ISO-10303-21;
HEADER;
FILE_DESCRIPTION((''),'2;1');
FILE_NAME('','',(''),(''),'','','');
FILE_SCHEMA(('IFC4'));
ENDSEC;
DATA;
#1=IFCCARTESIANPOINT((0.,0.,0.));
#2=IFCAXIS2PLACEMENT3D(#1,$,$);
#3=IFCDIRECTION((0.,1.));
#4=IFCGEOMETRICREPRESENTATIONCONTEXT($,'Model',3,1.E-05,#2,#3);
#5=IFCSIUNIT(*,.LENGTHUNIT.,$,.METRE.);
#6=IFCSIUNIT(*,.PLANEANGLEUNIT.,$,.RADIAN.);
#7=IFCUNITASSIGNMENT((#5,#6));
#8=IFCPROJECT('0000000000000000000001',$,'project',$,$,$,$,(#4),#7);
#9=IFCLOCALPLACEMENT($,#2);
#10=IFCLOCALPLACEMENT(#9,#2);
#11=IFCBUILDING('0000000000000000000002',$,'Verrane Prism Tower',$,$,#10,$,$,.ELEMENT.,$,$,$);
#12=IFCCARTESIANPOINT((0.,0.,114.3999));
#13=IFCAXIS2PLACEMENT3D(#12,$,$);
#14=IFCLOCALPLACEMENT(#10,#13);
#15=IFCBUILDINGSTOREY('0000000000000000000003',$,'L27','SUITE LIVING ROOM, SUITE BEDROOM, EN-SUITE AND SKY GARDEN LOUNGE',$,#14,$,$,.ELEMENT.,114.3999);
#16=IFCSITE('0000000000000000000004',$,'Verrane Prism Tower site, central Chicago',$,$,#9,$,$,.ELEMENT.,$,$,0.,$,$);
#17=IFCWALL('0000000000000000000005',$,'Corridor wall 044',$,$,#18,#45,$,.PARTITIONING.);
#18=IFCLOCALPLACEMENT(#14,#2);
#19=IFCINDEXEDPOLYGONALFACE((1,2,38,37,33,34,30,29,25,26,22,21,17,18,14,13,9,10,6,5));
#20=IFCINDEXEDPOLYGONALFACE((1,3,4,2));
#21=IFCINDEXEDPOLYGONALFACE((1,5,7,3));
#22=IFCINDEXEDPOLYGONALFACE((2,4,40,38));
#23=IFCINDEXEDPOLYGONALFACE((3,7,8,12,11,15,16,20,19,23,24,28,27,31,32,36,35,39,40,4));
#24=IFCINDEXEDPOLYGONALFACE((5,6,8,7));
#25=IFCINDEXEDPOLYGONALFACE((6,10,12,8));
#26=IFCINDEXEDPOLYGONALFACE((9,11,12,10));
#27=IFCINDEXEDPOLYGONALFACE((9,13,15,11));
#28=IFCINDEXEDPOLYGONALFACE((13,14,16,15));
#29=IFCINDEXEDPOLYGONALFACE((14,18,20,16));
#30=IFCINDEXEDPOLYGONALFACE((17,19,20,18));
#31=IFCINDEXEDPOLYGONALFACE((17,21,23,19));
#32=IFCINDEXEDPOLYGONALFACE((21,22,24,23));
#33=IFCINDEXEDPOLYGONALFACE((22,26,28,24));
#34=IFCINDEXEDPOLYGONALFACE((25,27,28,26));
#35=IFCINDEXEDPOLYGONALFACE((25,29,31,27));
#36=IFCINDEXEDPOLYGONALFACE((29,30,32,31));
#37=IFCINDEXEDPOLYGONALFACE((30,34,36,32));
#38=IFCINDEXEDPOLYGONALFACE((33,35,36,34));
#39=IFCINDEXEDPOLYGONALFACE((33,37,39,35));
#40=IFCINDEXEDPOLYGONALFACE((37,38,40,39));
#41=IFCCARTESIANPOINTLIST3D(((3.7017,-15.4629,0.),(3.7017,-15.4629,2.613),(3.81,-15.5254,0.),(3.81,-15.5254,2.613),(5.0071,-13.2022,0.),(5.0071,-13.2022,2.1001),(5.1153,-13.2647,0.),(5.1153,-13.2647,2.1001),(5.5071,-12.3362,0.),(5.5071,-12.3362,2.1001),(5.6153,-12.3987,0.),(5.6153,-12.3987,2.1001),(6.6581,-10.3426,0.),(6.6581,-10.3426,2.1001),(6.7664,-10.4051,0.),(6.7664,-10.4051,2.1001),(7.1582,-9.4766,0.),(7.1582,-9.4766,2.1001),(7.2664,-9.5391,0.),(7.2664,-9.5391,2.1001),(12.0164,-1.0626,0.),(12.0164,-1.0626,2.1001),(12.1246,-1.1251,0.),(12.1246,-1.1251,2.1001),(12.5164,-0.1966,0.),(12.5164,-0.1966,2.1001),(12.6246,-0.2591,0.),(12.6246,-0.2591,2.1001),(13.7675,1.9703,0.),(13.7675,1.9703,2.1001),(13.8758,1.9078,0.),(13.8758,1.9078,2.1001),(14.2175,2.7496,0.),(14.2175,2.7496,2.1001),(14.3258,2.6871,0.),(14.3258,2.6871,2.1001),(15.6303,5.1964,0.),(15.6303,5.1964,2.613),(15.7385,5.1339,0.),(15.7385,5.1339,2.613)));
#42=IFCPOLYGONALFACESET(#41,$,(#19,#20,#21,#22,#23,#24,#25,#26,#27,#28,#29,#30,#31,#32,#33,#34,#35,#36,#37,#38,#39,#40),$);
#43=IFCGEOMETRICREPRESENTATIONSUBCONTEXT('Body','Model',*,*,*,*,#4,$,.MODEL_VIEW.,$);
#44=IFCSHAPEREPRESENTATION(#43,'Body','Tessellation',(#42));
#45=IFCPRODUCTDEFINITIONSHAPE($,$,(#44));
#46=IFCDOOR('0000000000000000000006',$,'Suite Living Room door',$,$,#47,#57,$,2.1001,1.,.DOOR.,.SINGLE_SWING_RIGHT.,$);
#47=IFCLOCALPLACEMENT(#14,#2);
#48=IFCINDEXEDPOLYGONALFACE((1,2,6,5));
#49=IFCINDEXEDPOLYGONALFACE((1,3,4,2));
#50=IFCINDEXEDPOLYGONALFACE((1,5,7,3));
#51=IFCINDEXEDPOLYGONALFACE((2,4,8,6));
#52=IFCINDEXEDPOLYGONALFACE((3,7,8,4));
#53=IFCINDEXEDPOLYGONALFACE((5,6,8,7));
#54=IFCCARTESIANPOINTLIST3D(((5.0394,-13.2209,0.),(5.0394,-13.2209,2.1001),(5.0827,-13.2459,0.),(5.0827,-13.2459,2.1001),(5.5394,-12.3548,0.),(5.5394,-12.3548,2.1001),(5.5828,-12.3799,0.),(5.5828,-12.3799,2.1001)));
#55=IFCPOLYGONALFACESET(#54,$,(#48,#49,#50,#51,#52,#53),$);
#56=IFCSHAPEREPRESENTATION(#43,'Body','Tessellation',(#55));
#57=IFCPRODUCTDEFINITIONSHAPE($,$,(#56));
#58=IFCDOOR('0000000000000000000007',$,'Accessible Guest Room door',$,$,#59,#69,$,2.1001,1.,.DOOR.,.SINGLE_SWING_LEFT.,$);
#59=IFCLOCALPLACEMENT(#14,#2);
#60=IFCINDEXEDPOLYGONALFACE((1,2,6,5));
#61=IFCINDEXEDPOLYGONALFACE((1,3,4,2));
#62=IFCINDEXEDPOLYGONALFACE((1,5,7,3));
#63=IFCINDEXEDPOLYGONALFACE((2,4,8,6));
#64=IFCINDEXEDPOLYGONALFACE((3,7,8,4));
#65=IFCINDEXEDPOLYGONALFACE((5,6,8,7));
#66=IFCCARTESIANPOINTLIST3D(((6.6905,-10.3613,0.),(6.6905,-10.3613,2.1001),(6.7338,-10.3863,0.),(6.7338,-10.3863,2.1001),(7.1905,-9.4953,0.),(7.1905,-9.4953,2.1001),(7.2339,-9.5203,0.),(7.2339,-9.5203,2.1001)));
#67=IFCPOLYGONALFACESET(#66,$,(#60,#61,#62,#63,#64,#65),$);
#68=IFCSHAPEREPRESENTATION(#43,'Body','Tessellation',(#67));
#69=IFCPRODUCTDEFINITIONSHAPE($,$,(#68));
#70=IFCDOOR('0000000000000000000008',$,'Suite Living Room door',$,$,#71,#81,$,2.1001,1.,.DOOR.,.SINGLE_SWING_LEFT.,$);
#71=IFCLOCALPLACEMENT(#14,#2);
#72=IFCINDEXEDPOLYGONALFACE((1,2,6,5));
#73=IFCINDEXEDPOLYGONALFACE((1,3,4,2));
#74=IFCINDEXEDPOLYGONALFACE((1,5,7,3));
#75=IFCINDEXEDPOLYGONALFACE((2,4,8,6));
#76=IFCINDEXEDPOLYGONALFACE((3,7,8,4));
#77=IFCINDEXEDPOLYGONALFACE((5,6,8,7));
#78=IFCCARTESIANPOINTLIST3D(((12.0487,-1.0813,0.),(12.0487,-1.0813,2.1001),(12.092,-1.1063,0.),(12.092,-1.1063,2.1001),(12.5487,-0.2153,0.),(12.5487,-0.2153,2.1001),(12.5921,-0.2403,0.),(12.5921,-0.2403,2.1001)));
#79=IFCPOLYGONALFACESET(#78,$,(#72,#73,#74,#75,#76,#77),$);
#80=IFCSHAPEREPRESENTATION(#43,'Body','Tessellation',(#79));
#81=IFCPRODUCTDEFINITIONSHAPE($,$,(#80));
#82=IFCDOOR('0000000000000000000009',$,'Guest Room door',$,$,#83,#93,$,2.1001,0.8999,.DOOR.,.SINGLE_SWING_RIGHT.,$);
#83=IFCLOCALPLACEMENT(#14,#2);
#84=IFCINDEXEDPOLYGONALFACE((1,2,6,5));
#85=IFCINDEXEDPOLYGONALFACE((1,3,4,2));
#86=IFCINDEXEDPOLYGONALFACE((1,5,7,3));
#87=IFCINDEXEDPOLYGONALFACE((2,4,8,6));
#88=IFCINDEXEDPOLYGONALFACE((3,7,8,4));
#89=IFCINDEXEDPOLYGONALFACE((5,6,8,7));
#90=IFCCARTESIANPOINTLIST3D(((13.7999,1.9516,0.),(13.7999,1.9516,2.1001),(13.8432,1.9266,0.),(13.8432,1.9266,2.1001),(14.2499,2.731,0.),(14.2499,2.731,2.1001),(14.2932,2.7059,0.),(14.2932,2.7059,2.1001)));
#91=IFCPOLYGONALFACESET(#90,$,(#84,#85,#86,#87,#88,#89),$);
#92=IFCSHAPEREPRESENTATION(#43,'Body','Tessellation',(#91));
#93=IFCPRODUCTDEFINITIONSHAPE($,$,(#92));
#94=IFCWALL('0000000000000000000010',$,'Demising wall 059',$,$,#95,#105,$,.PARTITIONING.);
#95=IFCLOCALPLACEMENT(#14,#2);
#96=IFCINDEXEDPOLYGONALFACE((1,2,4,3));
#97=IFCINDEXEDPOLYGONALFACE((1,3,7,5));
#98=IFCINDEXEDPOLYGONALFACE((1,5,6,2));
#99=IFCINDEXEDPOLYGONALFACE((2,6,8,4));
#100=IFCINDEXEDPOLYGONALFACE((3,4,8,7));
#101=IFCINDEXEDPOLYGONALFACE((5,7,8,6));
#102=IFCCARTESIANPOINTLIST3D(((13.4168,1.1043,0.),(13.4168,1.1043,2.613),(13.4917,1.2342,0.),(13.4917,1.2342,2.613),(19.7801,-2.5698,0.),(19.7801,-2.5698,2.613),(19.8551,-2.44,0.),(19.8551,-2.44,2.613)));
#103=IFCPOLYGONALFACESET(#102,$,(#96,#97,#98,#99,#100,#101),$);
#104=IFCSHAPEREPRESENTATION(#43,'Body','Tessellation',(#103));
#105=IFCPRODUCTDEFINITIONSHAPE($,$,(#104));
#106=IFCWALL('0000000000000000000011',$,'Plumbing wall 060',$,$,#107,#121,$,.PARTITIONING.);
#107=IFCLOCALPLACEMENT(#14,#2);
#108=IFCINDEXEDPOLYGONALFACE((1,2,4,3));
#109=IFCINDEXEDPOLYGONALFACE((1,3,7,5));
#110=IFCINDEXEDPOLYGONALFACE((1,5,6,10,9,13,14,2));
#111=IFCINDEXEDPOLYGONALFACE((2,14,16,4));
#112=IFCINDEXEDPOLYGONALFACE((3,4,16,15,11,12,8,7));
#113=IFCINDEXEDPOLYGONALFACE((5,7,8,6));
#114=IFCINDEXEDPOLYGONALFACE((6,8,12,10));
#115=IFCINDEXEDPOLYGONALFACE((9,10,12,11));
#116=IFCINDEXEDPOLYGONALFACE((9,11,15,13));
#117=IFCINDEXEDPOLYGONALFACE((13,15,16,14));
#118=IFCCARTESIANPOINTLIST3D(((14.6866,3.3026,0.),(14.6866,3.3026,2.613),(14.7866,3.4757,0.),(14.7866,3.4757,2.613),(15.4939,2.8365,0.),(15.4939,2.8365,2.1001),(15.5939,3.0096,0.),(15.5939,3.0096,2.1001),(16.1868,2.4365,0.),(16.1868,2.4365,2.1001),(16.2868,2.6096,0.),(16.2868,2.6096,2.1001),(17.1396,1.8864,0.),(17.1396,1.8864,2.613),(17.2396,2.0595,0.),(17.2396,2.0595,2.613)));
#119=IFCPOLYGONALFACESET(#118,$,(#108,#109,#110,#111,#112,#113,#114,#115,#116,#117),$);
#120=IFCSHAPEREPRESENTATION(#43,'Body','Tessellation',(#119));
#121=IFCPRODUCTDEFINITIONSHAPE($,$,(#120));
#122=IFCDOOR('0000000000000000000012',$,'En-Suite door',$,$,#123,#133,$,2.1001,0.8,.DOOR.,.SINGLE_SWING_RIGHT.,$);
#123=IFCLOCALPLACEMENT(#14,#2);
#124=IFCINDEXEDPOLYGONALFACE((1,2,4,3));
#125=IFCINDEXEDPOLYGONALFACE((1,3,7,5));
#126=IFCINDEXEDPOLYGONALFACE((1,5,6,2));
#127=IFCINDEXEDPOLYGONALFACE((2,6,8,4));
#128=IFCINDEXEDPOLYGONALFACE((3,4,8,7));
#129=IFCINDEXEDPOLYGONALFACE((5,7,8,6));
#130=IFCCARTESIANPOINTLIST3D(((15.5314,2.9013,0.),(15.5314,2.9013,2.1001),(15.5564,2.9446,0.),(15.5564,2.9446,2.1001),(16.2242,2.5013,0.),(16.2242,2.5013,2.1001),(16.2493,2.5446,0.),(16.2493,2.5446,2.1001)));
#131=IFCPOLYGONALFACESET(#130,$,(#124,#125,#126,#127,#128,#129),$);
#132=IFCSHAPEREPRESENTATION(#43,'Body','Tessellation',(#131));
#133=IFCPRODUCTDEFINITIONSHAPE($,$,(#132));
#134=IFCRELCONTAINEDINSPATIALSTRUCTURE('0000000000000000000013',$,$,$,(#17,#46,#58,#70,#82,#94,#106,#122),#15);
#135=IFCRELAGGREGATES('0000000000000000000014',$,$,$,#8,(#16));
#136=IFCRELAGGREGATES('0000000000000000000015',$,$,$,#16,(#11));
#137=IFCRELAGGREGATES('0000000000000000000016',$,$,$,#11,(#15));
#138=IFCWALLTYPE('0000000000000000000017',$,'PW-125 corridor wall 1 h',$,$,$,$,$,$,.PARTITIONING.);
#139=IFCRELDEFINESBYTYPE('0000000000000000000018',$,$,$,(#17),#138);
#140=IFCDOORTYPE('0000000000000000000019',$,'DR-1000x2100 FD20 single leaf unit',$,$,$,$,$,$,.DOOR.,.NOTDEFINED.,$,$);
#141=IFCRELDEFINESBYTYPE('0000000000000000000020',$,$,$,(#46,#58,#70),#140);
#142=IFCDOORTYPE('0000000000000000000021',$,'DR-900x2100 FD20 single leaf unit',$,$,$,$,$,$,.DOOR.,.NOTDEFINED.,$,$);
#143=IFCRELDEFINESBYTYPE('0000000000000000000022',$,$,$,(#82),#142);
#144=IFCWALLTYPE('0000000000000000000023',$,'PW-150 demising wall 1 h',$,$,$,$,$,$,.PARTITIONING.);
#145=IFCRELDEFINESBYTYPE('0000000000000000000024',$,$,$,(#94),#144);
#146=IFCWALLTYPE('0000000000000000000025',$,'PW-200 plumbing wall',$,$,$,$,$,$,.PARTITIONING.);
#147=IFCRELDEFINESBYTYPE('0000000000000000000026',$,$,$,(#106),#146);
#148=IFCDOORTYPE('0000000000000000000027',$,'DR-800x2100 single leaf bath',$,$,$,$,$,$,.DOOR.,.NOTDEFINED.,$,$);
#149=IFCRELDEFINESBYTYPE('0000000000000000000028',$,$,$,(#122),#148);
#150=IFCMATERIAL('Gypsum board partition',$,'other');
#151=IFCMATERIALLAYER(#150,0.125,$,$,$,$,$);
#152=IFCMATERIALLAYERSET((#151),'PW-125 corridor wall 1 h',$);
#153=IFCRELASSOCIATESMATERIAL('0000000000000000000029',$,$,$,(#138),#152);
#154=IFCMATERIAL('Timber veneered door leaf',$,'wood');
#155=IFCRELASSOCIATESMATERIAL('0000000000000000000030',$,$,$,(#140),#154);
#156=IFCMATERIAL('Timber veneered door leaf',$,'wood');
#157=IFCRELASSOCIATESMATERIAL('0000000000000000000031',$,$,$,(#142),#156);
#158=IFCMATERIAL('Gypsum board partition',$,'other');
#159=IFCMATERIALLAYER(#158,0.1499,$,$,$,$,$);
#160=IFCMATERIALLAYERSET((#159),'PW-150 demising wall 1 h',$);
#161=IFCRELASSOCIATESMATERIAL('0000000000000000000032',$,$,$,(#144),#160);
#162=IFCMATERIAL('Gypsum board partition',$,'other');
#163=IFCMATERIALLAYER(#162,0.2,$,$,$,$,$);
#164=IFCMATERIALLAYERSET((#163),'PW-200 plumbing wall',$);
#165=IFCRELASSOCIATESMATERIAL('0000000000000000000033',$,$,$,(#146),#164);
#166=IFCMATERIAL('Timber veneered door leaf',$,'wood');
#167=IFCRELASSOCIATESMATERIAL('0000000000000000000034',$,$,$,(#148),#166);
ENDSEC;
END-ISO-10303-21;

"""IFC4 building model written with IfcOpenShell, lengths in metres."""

from ifc_helpers import new_model, si_unit, direction, frame, frame_2d, origin, place, context, subcontext, project, spatial, rectangle, extrude, material, layer, layer_set, type_object, element, fill, save


model = new_model("IFC4")

# Units and contexts
model_context = context("Model", 3, precision=1e-05, world=origin(), true_north=direction((0.0, 1.0)))
body_context = subcontext(model_context, "Body", "Model", "MODEL_VIEW")
ifc_project = project(units=[si_unit("LENGTHUNIT", "METRE"), si_unit("PLANEANGLEUNIT", "RADIAN")], contexts=[model_context])

# Site, building, storey
site_placement = place(None, origin())
site = spatial("IfcSite", under=ifc_project, at=site_placement, Name="Verrane Prism Tower site, central Chicago", CompositionType="ELEMENT", RefElevation=0.0)
building_placement = place(site_placement, origin())
building = spatial("IfcBuilding", under=site, at=building_placement, Name="Verrane Prism Tower", CompositionType="ELEMENT")
storey_placement = place(building_placement, frame((0.0, 0.0, 114.3999)))
storey = spatial("IfcBuildingStorey", under=building, at=storey_placement, Name="L27", Description="SUITE LIVING ROOM, SUITE BEDROOM, EN-SUITE AND SKY GARDEN LOUNGE", CompositionType="ELEMENT", Elevation=114.3999)

# Wall, openings, doors
ifc_material_1 = material(Name="Gypsum board partition", Category="other")
ifc_layer_1 = layer(ifc_material_1, 0.125)
ifc_layer_set_1 = layer_set([ifc_layer_1], Name="PW-125 corridor wall 1 h")
wall_type_1 = type_object("IfcWallType", Name="PW-125 corridor wall 1 h", PredefinedType="PARTITIONING", material=ifc_layer_set_1)
wall_1_placement = place(storey_placement, frame((15.6843, 5.165, 0.0), z_axis=(0.0, 0.0, 1.0), x_axis=(-0.500028, -0.866009, 0.0)))
wall_1 = element("IfcWall", 1, at=wall_1_placement, inside=storey, type_object=wall_type_1, Name="Corridor wall 044", PredefinedType="PARTITIONING", context=body_context, shape_type="SweptSolid", body=[
    extrude(rectangle(XDim=23.8557, YDim=0.125, at=frame_2d((11.9277, 0.0))), origin(), (0.0, 0.0, 1.0), 2.613),
])
opening_1_placement = place(wall_1_placement, frame((20.2451, 0.0, 0.0)))
opening_1 = element("IfcOpeningElement", 2, at=opening_1_placement, cuts=wall_1, PredefinedType="OPENING", context=body_context, shape_type="SweptSolid", body=[
    extrude(rectangle(XDim=1.0, YDim=2.1001, at=frame_2d((0.5, 1.05))), frame((0.0, 0.0725, 0.0), z_axis=(0.0, -1.0, 0.0), x_axis=(1.0, 0.0, 0.0)), (0.0, 0.0, 1.0), 0.145),
])
opening_2_placement = place(wall_1_placement, frame((16.9431, 0.0, 0.0)))
opening_2 = element("IfcOpeningElement", 3, at=opening_2_placement, cuts=wall_1, PredefinedType="OPENING", context=body_context, shape_type="SweptSolid", body=[
    extrude(rectangle(XDim=1.0, YDim=2.1001, at=frame_2d((0.5, 1.05))), frame((0.0, 0.0725, 0.0), z_axis=(0.0, -1.0, 0.0), x_axis=(1.0, 0.0, 0.0)), (0.0, 0.0, 1.0), 0.145),
])
opening_3_placement = place(wall_1_placement, frame((6.2273, 0.0, 0.0)))
opening_3 = element("IfcOpeningElement", 4, at=opening_3_placement, cuts=wall_1, PredefinedType="OPENING", context=body_context, shape_type="SweptSolid", body=[
    extrude(rectangle(XDim=1.0, YDim=2.1001, at=frame_2d((0.5, 1.05))), frame((0.0, 0.0725, 0.0), z_axis=(0.0, -1.0, 0.0), x_axis=(1.0, 0.0, 0.0)), (0.0, 0.0, 1.0), 0.145),
])
opening_4_placement = place(wall_1_placement, frame((2.8252, 0.0, 0.0)))
opening_4 = element("IfcOpeningElement", 5, at=opening_4_placement, cuts=wall_1, PredefinedType="OPENING", context=body_context, shape_type="SweptSolid", body=[
    extrude(rectangle(XDim=0.8999, YDim=2.1001, at=frame_2d((0.45, 1.05))), frame((0.0, 0.0725, 0.0), z_axis=(0.0, -1.0, 0.0), x_axis=(1.0, 0.0, 0.0)), (0.0, 0.0, 1.0), 0.145),
])
ifc_material_2 = material(Name="Timber veneered door leaf", Category="wood")
door_type_1 = type_object("IfcDoorType", Name="DR-1000x2100 FD20 single leaf unit", OperationType="NOTDEFINED", PredefinedType="DOOR", material=ifc_material_2)
door_1_placement = place(opening_1_placement, origin())
door_1 = element("IfcDoor", 6, at=door_1_placement, inside=storey, type_object=door_type_1, Name="Suite Living Room door", OperationType="SINGLE_SWING_RIGHT", OverallHeight=2.1001, OverallWidth=1.0, PredefinedType="DOOR", context=body_context, shape_type="SweptSolid", body=[
    extrude(rectangle(XDim=1.0, YDim=2.1001, at=frame_2d((0.5, 1.05))), frame((0.0, 0.0249, 0.0), z_axis=(0.0, -1.0, 0.0), x_axis=(1.0, 0.0, 0.0)), (0.0, 0.0, 1.0), 0.05),
])
fill(opening_1, door_1)
door_2_placement = place(opening_2_placement, origin())
door_2 = element("IfcDoor", 7, at=door_2_placement, inside=storey, type_object=door_type_1, Name="Accessible Guest Room door", OperationType="SINGLE_SWING_LEFT", OverallHeight=2.1001, OverallWidth=1.0, PredefinedType="DOOR", context=body_context, shape_type="SweptSolid", body=[
    extrude(rectangle(XDim=1.0, YDim=2.1001, at=frame_2d((0.5, 1.05))), frame((0.0, 0.0249, 0.0), z_axis=(0.0, -1.0, 0.0), x_axis=(1.0, 0.0, 0.0)), (0.0, 0.0, 1.0), 0.05),
])
fill(opening_2, door_2)
door_3_placement = place(opening_3_placement, origin())
door_3 = element("IfcDoor", 8, at=door_3_placement, inside=storey, type_object=door_type_1, Name="Suite Living Room door", OperationType="SINGLE_SWING_LEFT", OverallHeight=2.1001, OverallWidth=1.0, PredefinedType="DOOR", context=body_context, shape_type="SweptSolid", body=[
    extrude(rectangle(XDim=1.0, YDim=2.1001, at=frame_2d((0.5, 1.05))), frame((0.0, 0.0249, 0.0), z_axis=(0.0, -1.0, 0.0), x_axis=(1.0, 0.0, 0.0)), (0.0, 0.0, 1.0), 0.05),
])
fill(opening_3, door_3)
ifc_material_3 = material(Name="Timber veneered door leaf", Category="wood")
door_type_2 = type_object("IfcDoorType", Name="DR-900x2100 FD20 single leaf unit", OperationType="NOTDEFINED", PredefinedType="DOOR", material=ifc_material_3)
door_4_placement = place(opening_4_placement, origin())
door_4 = element("IfcDoor", 9, at=door_4_placement, inside=storey, type_object=door_type_2, Name="Guest Room door", OperationType="SINGLE_SWING_RIGHT", OverallHeight=2.1001, OverallWidth=0.8999, PredefinedType="DOOR", context=body_context, shape_type="SweptSolid", body=[
    extrude(rectangle(XDim=0.8999, YDim=2.1001, at=frame_2d((0.45, 1.05))), frame((0.0, 0.0249, 0.0), z_axis=(0.0, -1.0, 0.0), x_axis=(1.0, 0.0, 0.0)), (0.0, 0.0, 1.0), 0.05),
])
fill(opening_4, door_4)

# Wall
ifc_material_4 = material(Name="Gypsum board partition", Category="other")
ifc_layer_2 = layer(ifc_material_4, 0.1499)
ifc_layer_set_2 = layer_set([ifc_layer_2], Name="PW-150 demising wall 1 h")
wall_type_2 = type_object("IfcWallType", Name="PW-150 demising wall 1 h", PredefinedType="PARTITIONING", material=ifc_layer_set_2)
wall_2_placement = place(storey_placement, frame((13.4543, 1.1692, 0.0), z_axis=(0.0, 0.0, 1.0), x_axis=(0.866012, -0.500023, 0.0)))
element("IfcWall", 10, at=wall_2_placement, inside=storey, type_object=wall_type_2, Name="Demising wall 059", PredefinedType="PARTITIONING", context=body_context, shape_type="SweptSolid", body=[
    extrude(rectangle(XDim=7.3479, YDim=0.1499, at=frame_2d((3.6738, 0.0))), origin(), (0.0, 0.0, 1.0), 2.613),
])

# Wall, opening, door
ifc_material_5 = material(Name="Gypsum board partition", Category="other")
ifc_layer_3 = layer(ifc_material_5, 0.2)
ifc_layer_set_3 = layer_set([ifc_layer_3], Name="PW-200 plumbing wall")
wall_type_3 = type_object("IfcWallType", Name="PW-200 plumbing wall", PredefinedType="PARTITIONING", material=ifc_layer_set_3)
wall_3_placement = place(storey_placement, frame((14.7366, 3.3892, 0.0), z_axis=(0.0, 0.0, 1.0), x_axis=(0.866033, -0.499986, 0.0)))
wall_3 = element("IfcWall", 11, at=wall_3_placement, inside=storey, type_object=wall_type_3, Name="Plumbing wall 060", PredefinedType="PARTITIONING", context=body_context, shape_type="SweptSolid", body=[
    extrude(rectangle(XDim=2.8325, YDim=0.2, at=frame_2d((1.4163, 0.0))), origin(), (0.0, 0.0, 1.0), 2.613),
])
opening_5_placement = place(wall_3_placement, frame((0.9324, 0.0, 0.0)))
opening_5 = element("IfcOpeningElement", 12, at=opening_5_placement, cuts=wall_3, PredefinedType="OPENING", context=body_context, shape_type="SweptSolid", body=[
    extrude(rectangle(XDim=0.8, YDim=2.1001, at=frame_2d((0.3999, 1.05))), frame((0.0, 0.1099, 0.0), z_axis=(0.0, -1.0, 0.0), x_axis=(1.0, 0.0, 0.0)), (0.0, 0.0, 1.0), 0.22),
])
ifc_material_6 = material(Name="Timber veneered door leaf", Category="wood")
door_type_3 = type_object("IfcDoorType", Name="DR-800x2100 single leaf bath", OperationType="NOTDEFINED", PredefinedType="DOOR", material=ifc_material_6)
door_5_placement = place(opening_5_placement, origin())
door_5 = element("IfcDoor", 13, at=door_5_placement, inside=storey, type_object=door_type_3, Name="En-Suite door", OperationType="SINGLE_SWING_RIGHT", OverallHeight=2.1001, OverallWidth=0.8, PredefinedType="DOOR", context=body_context, shape_type="SweptSolid", body=[
    extrude(rectangle(XDim=0.8, YDim=2.1001, at=frame_2d((0.3999, 1.05))), frame((0.0, 0.0249, 0.0), z_axis=(0.0, -1.0, 0.0), x_axis=(1.0, 0.0, 0.0)), (0.0, 0.0, 1.0), 0.05),
])
fill(opening_5, door_5)

save(model, "model.ifc")
